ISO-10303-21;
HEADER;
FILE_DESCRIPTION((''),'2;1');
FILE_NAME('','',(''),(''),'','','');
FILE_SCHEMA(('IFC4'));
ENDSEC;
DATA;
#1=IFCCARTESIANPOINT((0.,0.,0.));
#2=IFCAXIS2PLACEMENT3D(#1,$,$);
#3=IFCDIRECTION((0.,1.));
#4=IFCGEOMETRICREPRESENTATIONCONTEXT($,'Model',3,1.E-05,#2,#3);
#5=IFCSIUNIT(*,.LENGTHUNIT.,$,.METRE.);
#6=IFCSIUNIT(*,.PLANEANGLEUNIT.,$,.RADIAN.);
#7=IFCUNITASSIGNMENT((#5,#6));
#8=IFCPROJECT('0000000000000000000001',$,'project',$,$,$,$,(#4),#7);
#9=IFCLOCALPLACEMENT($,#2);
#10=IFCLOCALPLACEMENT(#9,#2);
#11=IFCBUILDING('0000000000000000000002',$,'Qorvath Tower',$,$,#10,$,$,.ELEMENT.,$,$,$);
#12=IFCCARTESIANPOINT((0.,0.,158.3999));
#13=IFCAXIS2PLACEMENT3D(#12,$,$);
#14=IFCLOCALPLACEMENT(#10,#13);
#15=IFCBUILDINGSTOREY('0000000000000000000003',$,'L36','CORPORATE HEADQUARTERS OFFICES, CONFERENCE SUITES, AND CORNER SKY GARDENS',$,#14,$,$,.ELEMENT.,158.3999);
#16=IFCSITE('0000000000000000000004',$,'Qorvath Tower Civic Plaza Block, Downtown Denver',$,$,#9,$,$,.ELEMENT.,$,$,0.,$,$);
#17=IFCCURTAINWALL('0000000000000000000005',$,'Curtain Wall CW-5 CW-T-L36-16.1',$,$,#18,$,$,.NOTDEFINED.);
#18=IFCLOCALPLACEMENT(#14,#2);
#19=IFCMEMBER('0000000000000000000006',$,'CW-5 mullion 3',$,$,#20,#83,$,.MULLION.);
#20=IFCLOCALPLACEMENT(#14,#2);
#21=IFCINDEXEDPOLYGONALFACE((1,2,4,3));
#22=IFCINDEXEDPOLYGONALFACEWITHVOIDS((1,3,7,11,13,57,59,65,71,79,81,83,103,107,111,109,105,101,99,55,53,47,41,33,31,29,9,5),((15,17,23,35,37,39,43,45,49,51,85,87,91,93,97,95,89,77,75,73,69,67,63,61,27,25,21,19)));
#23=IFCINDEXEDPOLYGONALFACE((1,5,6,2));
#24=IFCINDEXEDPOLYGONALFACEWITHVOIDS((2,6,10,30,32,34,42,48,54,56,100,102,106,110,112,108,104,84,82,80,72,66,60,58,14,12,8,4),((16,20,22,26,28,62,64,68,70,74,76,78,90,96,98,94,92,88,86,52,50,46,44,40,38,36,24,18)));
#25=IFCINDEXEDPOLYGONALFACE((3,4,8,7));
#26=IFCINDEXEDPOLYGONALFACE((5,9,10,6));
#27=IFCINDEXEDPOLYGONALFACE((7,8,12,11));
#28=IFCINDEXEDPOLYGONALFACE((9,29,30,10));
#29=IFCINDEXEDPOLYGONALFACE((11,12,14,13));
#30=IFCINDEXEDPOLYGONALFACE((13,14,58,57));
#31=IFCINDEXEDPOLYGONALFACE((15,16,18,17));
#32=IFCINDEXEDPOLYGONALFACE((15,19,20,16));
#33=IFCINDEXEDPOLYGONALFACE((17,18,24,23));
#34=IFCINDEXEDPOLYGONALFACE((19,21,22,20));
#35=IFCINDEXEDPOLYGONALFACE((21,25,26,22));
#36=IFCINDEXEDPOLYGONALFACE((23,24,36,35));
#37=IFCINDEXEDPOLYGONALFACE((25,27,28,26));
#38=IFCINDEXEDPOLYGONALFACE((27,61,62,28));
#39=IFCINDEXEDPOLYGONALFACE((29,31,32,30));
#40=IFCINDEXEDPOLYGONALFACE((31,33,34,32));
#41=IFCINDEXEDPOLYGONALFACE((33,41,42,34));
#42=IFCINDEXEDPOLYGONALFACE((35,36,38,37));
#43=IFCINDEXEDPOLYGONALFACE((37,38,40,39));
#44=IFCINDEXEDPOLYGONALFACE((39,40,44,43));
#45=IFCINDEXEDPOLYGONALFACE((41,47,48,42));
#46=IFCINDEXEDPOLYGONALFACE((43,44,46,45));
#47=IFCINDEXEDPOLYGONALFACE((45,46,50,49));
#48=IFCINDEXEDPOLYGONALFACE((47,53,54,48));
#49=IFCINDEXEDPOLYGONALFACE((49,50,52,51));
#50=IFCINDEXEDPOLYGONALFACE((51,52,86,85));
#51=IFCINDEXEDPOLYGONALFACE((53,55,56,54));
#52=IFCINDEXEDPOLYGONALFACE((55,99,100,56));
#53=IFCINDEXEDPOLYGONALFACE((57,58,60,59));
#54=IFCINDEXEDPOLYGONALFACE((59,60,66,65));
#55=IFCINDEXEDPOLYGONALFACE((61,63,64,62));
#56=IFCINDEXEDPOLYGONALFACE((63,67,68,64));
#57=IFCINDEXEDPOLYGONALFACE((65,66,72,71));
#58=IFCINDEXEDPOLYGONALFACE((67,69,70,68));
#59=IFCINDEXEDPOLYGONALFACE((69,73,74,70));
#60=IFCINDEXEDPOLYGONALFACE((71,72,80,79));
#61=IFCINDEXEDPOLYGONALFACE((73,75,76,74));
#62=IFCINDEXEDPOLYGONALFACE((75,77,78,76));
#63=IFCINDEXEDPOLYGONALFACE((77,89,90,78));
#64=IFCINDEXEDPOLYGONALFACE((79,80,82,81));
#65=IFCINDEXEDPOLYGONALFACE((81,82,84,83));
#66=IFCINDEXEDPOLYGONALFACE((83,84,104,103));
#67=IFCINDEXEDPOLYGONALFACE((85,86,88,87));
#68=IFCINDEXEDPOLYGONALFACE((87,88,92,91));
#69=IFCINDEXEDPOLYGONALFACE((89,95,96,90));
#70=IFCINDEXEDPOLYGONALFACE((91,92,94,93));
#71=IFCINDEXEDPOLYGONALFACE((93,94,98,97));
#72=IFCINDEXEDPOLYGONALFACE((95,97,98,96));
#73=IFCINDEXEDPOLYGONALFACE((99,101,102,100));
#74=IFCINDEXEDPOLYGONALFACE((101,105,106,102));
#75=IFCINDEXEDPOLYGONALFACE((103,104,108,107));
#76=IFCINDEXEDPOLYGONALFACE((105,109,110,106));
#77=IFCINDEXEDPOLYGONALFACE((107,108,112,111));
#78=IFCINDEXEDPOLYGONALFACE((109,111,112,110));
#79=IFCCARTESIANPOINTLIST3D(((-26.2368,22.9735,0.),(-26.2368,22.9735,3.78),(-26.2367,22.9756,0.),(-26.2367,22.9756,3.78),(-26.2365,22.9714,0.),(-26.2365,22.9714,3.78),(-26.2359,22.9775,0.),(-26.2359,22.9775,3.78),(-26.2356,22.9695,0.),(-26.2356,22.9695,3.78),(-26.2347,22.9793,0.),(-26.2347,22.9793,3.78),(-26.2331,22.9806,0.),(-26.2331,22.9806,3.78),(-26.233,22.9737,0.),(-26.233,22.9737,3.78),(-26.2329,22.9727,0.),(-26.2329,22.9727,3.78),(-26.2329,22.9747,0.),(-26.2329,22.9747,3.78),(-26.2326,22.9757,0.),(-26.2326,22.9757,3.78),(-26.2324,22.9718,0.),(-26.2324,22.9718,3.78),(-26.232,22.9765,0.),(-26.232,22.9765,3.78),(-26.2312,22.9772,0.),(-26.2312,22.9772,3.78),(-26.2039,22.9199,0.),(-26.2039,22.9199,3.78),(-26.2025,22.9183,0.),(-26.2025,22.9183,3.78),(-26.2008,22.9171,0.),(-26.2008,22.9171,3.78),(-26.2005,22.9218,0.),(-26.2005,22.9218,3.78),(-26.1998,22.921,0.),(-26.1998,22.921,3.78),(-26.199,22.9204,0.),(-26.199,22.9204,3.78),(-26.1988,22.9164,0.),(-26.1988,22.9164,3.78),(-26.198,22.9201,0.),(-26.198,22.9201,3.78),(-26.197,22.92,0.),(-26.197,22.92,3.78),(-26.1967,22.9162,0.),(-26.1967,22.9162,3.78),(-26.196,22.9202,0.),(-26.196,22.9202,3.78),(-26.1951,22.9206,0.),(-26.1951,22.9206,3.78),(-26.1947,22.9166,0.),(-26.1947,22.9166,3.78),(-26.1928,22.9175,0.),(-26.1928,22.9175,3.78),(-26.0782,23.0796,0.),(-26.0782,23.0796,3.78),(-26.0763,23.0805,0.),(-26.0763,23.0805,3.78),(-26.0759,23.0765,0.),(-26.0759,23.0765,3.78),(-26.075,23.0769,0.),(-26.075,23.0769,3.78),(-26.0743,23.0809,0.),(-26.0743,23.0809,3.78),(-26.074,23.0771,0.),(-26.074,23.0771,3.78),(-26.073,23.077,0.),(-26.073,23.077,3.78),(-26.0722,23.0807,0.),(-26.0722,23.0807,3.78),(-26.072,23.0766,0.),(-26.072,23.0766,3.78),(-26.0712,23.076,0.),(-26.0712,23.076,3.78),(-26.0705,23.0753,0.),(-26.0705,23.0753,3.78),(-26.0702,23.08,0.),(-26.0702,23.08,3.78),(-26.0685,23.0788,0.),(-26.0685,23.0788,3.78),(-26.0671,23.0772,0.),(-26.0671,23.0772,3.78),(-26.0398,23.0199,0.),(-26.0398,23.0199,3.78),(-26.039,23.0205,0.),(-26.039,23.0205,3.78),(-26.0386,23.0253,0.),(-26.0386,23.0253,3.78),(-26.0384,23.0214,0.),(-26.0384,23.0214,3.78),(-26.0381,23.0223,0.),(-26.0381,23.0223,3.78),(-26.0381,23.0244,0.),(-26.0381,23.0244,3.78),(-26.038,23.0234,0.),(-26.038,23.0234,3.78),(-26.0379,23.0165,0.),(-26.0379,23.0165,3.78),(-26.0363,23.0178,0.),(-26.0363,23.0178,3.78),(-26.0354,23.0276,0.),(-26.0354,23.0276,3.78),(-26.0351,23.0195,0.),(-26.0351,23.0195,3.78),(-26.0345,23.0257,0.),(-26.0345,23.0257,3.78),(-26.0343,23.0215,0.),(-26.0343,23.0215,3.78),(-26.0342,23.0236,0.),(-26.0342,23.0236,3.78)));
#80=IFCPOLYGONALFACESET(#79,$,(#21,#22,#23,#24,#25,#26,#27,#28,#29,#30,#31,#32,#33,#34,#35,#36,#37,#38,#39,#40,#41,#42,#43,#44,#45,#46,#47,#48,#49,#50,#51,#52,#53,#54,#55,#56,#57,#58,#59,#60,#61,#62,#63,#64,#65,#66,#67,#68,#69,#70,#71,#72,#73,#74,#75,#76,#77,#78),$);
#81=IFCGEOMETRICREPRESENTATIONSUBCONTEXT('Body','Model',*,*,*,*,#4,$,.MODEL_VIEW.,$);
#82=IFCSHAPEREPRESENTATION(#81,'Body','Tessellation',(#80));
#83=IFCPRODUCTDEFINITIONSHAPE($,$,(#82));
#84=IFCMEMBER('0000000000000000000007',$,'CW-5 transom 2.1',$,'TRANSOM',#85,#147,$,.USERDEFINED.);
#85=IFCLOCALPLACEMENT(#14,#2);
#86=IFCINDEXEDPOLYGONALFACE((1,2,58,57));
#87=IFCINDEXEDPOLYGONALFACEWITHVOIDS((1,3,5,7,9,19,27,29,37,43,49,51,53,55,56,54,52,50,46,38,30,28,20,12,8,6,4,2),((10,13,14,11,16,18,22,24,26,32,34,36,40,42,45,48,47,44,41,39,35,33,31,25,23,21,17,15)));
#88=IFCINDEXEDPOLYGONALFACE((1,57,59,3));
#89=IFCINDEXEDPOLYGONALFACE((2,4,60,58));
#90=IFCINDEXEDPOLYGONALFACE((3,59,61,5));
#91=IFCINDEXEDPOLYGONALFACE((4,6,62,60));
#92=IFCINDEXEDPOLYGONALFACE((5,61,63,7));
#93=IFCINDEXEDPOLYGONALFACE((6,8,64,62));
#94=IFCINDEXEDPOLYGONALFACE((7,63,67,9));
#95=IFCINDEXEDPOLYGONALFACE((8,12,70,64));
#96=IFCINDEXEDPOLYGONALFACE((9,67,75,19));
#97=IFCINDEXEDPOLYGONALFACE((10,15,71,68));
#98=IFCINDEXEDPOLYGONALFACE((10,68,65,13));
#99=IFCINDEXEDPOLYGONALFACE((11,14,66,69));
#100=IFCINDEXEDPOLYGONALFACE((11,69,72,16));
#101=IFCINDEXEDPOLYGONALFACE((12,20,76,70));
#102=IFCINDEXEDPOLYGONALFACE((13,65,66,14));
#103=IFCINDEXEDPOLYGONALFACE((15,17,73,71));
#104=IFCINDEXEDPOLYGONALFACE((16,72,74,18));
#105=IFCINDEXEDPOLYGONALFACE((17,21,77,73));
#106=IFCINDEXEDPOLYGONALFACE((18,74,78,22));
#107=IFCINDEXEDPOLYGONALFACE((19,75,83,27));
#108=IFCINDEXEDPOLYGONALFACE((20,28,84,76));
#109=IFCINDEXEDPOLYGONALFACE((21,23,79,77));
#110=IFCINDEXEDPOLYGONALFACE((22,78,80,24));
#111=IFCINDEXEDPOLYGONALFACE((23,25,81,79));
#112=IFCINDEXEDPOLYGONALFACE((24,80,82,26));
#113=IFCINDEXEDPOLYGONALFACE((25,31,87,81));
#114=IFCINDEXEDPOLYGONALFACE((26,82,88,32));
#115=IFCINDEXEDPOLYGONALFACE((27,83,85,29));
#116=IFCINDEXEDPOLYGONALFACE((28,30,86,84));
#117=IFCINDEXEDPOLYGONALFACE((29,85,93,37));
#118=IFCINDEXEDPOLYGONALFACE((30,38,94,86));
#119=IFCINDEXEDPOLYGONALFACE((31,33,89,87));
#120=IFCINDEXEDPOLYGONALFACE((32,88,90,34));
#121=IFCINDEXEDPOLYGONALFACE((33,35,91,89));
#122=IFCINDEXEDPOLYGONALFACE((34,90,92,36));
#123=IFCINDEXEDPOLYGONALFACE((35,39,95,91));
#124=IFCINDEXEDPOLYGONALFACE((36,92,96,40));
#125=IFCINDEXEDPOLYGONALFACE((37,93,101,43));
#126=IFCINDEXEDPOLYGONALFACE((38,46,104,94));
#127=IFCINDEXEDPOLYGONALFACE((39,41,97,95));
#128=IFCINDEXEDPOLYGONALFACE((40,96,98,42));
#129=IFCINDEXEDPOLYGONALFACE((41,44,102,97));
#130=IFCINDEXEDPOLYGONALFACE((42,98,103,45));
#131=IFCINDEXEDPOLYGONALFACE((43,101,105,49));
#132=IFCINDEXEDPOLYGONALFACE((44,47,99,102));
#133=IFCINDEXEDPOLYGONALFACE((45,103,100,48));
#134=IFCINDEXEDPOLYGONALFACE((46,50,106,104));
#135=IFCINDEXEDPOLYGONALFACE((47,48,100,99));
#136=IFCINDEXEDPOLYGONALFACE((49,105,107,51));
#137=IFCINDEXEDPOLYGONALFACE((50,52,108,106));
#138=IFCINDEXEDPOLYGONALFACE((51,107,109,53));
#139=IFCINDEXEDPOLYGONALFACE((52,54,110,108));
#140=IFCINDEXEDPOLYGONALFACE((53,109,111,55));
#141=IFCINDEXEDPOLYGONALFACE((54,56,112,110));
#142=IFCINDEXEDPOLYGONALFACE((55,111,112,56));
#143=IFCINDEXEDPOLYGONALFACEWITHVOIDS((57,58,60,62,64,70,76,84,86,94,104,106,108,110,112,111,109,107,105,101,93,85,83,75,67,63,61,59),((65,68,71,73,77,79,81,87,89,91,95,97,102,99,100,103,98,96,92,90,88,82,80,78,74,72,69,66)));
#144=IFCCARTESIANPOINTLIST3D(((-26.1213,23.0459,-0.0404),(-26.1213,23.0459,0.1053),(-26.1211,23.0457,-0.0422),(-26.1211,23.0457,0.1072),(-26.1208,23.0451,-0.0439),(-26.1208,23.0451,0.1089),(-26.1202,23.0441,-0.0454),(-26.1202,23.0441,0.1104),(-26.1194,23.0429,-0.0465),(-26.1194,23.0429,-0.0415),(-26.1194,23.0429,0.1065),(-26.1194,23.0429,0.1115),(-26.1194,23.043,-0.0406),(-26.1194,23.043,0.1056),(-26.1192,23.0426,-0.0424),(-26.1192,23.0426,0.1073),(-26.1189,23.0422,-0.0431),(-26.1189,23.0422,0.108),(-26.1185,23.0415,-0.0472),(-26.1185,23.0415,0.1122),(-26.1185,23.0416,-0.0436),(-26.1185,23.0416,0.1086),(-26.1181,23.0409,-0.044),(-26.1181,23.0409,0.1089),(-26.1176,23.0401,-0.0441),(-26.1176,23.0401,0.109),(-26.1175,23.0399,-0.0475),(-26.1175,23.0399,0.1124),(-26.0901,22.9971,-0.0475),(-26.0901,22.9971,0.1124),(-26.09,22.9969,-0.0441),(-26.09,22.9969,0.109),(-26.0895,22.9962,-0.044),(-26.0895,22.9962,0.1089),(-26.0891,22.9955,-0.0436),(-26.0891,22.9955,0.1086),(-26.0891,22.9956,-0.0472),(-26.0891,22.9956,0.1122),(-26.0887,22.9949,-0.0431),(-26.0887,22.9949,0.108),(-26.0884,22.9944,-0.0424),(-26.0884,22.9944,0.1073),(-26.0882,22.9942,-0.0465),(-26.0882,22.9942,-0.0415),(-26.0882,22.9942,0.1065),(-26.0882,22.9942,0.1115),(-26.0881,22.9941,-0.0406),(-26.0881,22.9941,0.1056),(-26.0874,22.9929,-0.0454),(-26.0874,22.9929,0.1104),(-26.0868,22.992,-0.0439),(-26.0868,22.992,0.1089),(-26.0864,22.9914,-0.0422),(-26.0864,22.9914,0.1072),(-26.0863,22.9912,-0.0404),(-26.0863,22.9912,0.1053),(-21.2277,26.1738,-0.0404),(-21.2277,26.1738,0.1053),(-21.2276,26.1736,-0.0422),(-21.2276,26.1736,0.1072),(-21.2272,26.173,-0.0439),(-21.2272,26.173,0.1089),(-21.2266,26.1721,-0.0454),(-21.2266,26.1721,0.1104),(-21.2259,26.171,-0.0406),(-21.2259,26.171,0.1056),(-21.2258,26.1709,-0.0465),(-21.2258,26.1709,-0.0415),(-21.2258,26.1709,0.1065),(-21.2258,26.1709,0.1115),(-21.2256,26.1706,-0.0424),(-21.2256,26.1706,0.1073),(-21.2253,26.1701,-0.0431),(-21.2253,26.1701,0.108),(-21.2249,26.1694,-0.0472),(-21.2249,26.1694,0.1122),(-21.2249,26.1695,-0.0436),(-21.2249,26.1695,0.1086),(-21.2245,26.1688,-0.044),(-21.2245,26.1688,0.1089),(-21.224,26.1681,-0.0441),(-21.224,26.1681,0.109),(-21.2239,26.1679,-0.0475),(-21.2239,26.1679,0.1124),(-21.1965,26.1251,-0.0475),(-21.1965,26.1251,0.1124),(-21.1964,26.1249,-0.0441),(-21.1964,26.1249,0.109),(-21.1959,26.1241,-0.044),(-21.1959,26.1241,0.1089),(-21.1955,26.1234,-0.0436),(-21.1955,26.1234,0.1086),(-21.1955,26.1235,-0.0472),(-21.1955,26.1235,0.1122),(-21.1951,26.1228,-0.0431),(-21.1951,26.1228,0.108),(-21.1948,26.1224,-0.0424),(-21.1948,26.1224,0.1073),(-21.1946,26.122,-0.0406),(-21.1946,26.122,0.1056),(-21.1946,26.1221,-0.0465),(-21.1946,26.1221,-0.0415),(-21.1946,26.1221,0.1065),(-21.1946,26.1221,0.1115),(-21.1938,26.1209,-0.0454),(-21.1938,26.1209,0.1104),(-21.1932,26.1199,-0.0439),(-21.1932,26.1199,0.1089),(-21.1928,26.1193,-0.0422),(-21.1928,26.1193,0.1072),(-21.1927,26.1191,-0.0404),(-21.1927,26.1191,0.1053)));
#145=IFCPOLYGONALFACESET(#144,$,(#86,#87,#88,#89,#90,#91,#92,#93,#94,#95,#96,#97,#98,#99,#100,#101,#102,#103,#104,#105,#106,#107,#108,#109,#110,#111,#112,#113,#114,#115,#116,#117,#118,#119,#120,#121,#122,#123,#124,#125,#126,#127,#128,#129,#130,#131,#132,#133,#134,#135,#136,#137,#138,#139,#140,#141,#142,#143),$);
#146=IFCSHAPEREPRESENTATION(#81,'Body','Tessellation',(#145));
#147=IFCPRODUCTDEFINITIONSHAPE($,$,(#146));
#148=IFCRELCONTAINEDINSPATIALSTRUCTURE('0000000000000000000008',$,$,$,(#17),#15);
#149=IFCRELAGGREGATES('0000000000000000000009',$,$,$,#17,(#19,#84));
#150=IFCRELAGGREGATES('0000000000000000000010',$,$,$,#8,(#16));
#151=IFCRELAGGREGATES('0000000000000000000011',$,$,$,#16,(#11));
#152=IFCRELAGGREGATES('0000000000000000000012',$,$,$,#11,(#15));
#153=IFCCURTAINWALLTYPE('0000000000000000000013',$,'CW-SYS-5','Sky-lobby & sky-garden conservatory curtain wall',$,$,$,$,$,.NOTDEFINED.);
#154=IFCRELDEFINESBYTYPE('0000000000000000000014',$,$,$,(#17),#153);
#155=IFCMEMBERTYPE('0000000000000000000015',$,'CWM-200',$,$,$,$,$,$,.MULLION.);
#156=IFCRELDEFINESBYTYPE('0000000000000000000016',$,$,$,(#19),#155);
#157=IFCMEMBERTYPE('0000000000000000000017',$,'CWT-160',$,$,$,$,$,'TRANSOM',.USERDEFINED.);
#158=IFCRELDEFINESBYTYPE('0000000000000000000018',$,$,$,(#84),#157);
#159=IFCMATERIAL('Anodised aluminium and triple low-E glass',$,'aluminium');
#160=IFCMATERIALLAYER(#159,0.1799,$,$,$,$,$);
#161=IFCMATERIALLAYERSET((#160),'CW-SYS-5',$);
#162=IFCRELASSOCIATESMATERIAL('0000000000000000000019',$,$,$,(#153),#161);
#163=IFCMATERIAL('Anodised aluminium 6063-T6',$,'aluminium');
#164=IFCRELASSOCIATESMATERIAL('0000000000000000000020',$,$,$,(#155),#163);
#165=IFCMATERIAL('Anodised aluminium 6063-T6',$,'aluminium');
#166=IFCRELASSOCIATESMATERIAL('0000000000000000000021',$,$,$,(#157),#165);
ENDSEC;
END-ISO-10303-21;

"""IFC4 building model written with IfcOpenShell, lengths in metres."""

from ifc_helpers import new_model, si_unit, direction, frame, origin, origin_2d, place, context, subcontext, project, spatial, hollow_rectangle, extrude, material, layer, layer_set, material_profile, profile_set, type_object, element, aggregate, save


model = new_model("IFC4")

# Units and contexts
model_context = context("Model", 3, precision=1e-05, world=origin(), true_north=direction((0.0, 1.0)))
body_context = subcontext(model_context, "Body", "Model", "MODEL_VIEW")
ifc_project = project(units=[si_unit("LENGTHUNIT", "METRE"), si_unit("PLANEANGLEUNIT", "RADIAN")], contexts=[model_context])

# Site, building, storey
site_placement = place(None, origin())
site = spatial("IfcSite", under=ifc_project, at=site_placement, Name="Qorvath Tower Civic Plaza Block, Downtown Denver", CompositionType="ELEMENT", RefElevation=0.0)
building_placement = place(site_placement, origin())
building = spatial("IfcBuilding", under=site, at=building_placement, Name="Qorvath Tower", CompositionType="ELEMENT")
storey_placement = place(building_placement, frame((0.0, 0.0, 158.3999)))
storey = spatial("IfcBuildingStorey", under=building, at=storey_placement, Name="L36", Description="CORPORATE HEADQUARTERS OFFICES, CONFERENCE SUITES, AND CORNER SKY GARDENS", CompositionType="ELEMENT", Elevation=158.3999)

# Curtain wall, members
ifc_material_1 = material(Name="Anodised aluminium and triple low-E glass", Category="aluminium")
ifc_layer_1 = layer(ifc_material_1, 0.1799)
ifc_layer_set_1 = layer_set([ifc_layer_1], Name="CW-SYS-5")
curtain_wall_type = type_object("IfcCurtainWallType", Name="CW-SYS-5", Description="Sky-lobby & sky-garden conservatory curtain wall", PredefinedType="NOTDEFINED", material=ifc_layer_set_1)
curtain_wall_placement = place(storey_placement, origin())
curtain_wall = element("IfcCurtainWall", 1, at=curtain_wall_placement, inside=storey, type_object=curtain_wall_type, Name="Curtain Wall CW-5 CW-T-L36-16.1", PredefinedType="NOTDEFINED")
ifc_material_2 = material(Name="Anodised aluminium 6063-T6", Category="aluminium")
ifc_material_profile_1 = material_profile(ifc_material_2, hollow_rectangle(XDim=0.075, YDim=0.2, WallThickness=0.0039, InnerFilletRadius=0.0039, OuterFilletRadius=0.0081, at=origin_2d()), Name="CWM 200x75")
ifc_profile_set_1 = profile_set([ifc_material_profile_1], Name="Anodised aluminium 6063-T6")
member_type_1 = type_object("IfcMemberType", Name="CWM-200", PredefinedType="MULLION", material=ifc_profile_set_1)
member_1_placement = place(storey_placement, frame((-26.1355, 22.9985, 0.0), z_axis=(0.0, 0.0, 1.0), x_axis=(0.53854, -0.8426, 0.0)))
member_1 = element("IfcMember", 2, at=member_1_placement, type_object=member_type_1, Name="CW-5 mullion 3", PredefinedType="MULLION", context=body_context, shape_type="SweptSolid", body=[
    extrude(hollow_rectangle(XDim=0.075, YDim=0.2, WallThickness=0.0039, InnerFilletRadius=0.0039, OuterFilletRadius=0.0081, at=origin_2d()), origin(), (0.0, 0.0, 1.0), 3.78),
])
ifc_material_3 = material(Name="Anodised aluminium 6063-T6", Category="aluminium")
ifc_material_profile_2 = material_profile(ifc_material_3, hollow_rectangle(XDim=0.0649, YDim=0.1599, WallThickness=0.0034, InnerFilletRadius=0.0034, OuterFilletRadius=0.0071, at=origin_2d()), Name="CWT 160x65")
ifc_profile_set_2 = profile_set([ifc_material_profile_2], Name="Anodised aluminium 6063-T6")
member_type_2 = type_object("IfcMemberType", Name="CWT-160", ElementType="TRANSOM", PredefinedType="USERDEFINED", material=ifc_profile_set_2)
member_2_placement = place(storey_placement, frame((-21.2102, 26.1465, 0.0325), z_axis=(-0.84258, -0.538572, 0.0), x_axis=(0.538572, -0.84258, 0.0)))
member_2 = element("IfcMember", 3, at=member_2_placement, type_object=member_type_2, Name="CW-5 transom 2.1", ObjectType="TRANSOM", PredefinedType="USERDEFINED", context=body_context, shape_type="SweptSolid", body=[
    extrude(hollow_rectangle(XDim=0.0649, YDim=0.1599, WallThickness=0.0034, InnerFilletRadius=0.0034, OuterFilletRadius=0.0071, at=origin_2d()), origin(), (0.0, 0.0, 1.0), 5.8079),
])
aggregate(curtain_wall, [member_1, member_2])

save(model, "model.ifc")
